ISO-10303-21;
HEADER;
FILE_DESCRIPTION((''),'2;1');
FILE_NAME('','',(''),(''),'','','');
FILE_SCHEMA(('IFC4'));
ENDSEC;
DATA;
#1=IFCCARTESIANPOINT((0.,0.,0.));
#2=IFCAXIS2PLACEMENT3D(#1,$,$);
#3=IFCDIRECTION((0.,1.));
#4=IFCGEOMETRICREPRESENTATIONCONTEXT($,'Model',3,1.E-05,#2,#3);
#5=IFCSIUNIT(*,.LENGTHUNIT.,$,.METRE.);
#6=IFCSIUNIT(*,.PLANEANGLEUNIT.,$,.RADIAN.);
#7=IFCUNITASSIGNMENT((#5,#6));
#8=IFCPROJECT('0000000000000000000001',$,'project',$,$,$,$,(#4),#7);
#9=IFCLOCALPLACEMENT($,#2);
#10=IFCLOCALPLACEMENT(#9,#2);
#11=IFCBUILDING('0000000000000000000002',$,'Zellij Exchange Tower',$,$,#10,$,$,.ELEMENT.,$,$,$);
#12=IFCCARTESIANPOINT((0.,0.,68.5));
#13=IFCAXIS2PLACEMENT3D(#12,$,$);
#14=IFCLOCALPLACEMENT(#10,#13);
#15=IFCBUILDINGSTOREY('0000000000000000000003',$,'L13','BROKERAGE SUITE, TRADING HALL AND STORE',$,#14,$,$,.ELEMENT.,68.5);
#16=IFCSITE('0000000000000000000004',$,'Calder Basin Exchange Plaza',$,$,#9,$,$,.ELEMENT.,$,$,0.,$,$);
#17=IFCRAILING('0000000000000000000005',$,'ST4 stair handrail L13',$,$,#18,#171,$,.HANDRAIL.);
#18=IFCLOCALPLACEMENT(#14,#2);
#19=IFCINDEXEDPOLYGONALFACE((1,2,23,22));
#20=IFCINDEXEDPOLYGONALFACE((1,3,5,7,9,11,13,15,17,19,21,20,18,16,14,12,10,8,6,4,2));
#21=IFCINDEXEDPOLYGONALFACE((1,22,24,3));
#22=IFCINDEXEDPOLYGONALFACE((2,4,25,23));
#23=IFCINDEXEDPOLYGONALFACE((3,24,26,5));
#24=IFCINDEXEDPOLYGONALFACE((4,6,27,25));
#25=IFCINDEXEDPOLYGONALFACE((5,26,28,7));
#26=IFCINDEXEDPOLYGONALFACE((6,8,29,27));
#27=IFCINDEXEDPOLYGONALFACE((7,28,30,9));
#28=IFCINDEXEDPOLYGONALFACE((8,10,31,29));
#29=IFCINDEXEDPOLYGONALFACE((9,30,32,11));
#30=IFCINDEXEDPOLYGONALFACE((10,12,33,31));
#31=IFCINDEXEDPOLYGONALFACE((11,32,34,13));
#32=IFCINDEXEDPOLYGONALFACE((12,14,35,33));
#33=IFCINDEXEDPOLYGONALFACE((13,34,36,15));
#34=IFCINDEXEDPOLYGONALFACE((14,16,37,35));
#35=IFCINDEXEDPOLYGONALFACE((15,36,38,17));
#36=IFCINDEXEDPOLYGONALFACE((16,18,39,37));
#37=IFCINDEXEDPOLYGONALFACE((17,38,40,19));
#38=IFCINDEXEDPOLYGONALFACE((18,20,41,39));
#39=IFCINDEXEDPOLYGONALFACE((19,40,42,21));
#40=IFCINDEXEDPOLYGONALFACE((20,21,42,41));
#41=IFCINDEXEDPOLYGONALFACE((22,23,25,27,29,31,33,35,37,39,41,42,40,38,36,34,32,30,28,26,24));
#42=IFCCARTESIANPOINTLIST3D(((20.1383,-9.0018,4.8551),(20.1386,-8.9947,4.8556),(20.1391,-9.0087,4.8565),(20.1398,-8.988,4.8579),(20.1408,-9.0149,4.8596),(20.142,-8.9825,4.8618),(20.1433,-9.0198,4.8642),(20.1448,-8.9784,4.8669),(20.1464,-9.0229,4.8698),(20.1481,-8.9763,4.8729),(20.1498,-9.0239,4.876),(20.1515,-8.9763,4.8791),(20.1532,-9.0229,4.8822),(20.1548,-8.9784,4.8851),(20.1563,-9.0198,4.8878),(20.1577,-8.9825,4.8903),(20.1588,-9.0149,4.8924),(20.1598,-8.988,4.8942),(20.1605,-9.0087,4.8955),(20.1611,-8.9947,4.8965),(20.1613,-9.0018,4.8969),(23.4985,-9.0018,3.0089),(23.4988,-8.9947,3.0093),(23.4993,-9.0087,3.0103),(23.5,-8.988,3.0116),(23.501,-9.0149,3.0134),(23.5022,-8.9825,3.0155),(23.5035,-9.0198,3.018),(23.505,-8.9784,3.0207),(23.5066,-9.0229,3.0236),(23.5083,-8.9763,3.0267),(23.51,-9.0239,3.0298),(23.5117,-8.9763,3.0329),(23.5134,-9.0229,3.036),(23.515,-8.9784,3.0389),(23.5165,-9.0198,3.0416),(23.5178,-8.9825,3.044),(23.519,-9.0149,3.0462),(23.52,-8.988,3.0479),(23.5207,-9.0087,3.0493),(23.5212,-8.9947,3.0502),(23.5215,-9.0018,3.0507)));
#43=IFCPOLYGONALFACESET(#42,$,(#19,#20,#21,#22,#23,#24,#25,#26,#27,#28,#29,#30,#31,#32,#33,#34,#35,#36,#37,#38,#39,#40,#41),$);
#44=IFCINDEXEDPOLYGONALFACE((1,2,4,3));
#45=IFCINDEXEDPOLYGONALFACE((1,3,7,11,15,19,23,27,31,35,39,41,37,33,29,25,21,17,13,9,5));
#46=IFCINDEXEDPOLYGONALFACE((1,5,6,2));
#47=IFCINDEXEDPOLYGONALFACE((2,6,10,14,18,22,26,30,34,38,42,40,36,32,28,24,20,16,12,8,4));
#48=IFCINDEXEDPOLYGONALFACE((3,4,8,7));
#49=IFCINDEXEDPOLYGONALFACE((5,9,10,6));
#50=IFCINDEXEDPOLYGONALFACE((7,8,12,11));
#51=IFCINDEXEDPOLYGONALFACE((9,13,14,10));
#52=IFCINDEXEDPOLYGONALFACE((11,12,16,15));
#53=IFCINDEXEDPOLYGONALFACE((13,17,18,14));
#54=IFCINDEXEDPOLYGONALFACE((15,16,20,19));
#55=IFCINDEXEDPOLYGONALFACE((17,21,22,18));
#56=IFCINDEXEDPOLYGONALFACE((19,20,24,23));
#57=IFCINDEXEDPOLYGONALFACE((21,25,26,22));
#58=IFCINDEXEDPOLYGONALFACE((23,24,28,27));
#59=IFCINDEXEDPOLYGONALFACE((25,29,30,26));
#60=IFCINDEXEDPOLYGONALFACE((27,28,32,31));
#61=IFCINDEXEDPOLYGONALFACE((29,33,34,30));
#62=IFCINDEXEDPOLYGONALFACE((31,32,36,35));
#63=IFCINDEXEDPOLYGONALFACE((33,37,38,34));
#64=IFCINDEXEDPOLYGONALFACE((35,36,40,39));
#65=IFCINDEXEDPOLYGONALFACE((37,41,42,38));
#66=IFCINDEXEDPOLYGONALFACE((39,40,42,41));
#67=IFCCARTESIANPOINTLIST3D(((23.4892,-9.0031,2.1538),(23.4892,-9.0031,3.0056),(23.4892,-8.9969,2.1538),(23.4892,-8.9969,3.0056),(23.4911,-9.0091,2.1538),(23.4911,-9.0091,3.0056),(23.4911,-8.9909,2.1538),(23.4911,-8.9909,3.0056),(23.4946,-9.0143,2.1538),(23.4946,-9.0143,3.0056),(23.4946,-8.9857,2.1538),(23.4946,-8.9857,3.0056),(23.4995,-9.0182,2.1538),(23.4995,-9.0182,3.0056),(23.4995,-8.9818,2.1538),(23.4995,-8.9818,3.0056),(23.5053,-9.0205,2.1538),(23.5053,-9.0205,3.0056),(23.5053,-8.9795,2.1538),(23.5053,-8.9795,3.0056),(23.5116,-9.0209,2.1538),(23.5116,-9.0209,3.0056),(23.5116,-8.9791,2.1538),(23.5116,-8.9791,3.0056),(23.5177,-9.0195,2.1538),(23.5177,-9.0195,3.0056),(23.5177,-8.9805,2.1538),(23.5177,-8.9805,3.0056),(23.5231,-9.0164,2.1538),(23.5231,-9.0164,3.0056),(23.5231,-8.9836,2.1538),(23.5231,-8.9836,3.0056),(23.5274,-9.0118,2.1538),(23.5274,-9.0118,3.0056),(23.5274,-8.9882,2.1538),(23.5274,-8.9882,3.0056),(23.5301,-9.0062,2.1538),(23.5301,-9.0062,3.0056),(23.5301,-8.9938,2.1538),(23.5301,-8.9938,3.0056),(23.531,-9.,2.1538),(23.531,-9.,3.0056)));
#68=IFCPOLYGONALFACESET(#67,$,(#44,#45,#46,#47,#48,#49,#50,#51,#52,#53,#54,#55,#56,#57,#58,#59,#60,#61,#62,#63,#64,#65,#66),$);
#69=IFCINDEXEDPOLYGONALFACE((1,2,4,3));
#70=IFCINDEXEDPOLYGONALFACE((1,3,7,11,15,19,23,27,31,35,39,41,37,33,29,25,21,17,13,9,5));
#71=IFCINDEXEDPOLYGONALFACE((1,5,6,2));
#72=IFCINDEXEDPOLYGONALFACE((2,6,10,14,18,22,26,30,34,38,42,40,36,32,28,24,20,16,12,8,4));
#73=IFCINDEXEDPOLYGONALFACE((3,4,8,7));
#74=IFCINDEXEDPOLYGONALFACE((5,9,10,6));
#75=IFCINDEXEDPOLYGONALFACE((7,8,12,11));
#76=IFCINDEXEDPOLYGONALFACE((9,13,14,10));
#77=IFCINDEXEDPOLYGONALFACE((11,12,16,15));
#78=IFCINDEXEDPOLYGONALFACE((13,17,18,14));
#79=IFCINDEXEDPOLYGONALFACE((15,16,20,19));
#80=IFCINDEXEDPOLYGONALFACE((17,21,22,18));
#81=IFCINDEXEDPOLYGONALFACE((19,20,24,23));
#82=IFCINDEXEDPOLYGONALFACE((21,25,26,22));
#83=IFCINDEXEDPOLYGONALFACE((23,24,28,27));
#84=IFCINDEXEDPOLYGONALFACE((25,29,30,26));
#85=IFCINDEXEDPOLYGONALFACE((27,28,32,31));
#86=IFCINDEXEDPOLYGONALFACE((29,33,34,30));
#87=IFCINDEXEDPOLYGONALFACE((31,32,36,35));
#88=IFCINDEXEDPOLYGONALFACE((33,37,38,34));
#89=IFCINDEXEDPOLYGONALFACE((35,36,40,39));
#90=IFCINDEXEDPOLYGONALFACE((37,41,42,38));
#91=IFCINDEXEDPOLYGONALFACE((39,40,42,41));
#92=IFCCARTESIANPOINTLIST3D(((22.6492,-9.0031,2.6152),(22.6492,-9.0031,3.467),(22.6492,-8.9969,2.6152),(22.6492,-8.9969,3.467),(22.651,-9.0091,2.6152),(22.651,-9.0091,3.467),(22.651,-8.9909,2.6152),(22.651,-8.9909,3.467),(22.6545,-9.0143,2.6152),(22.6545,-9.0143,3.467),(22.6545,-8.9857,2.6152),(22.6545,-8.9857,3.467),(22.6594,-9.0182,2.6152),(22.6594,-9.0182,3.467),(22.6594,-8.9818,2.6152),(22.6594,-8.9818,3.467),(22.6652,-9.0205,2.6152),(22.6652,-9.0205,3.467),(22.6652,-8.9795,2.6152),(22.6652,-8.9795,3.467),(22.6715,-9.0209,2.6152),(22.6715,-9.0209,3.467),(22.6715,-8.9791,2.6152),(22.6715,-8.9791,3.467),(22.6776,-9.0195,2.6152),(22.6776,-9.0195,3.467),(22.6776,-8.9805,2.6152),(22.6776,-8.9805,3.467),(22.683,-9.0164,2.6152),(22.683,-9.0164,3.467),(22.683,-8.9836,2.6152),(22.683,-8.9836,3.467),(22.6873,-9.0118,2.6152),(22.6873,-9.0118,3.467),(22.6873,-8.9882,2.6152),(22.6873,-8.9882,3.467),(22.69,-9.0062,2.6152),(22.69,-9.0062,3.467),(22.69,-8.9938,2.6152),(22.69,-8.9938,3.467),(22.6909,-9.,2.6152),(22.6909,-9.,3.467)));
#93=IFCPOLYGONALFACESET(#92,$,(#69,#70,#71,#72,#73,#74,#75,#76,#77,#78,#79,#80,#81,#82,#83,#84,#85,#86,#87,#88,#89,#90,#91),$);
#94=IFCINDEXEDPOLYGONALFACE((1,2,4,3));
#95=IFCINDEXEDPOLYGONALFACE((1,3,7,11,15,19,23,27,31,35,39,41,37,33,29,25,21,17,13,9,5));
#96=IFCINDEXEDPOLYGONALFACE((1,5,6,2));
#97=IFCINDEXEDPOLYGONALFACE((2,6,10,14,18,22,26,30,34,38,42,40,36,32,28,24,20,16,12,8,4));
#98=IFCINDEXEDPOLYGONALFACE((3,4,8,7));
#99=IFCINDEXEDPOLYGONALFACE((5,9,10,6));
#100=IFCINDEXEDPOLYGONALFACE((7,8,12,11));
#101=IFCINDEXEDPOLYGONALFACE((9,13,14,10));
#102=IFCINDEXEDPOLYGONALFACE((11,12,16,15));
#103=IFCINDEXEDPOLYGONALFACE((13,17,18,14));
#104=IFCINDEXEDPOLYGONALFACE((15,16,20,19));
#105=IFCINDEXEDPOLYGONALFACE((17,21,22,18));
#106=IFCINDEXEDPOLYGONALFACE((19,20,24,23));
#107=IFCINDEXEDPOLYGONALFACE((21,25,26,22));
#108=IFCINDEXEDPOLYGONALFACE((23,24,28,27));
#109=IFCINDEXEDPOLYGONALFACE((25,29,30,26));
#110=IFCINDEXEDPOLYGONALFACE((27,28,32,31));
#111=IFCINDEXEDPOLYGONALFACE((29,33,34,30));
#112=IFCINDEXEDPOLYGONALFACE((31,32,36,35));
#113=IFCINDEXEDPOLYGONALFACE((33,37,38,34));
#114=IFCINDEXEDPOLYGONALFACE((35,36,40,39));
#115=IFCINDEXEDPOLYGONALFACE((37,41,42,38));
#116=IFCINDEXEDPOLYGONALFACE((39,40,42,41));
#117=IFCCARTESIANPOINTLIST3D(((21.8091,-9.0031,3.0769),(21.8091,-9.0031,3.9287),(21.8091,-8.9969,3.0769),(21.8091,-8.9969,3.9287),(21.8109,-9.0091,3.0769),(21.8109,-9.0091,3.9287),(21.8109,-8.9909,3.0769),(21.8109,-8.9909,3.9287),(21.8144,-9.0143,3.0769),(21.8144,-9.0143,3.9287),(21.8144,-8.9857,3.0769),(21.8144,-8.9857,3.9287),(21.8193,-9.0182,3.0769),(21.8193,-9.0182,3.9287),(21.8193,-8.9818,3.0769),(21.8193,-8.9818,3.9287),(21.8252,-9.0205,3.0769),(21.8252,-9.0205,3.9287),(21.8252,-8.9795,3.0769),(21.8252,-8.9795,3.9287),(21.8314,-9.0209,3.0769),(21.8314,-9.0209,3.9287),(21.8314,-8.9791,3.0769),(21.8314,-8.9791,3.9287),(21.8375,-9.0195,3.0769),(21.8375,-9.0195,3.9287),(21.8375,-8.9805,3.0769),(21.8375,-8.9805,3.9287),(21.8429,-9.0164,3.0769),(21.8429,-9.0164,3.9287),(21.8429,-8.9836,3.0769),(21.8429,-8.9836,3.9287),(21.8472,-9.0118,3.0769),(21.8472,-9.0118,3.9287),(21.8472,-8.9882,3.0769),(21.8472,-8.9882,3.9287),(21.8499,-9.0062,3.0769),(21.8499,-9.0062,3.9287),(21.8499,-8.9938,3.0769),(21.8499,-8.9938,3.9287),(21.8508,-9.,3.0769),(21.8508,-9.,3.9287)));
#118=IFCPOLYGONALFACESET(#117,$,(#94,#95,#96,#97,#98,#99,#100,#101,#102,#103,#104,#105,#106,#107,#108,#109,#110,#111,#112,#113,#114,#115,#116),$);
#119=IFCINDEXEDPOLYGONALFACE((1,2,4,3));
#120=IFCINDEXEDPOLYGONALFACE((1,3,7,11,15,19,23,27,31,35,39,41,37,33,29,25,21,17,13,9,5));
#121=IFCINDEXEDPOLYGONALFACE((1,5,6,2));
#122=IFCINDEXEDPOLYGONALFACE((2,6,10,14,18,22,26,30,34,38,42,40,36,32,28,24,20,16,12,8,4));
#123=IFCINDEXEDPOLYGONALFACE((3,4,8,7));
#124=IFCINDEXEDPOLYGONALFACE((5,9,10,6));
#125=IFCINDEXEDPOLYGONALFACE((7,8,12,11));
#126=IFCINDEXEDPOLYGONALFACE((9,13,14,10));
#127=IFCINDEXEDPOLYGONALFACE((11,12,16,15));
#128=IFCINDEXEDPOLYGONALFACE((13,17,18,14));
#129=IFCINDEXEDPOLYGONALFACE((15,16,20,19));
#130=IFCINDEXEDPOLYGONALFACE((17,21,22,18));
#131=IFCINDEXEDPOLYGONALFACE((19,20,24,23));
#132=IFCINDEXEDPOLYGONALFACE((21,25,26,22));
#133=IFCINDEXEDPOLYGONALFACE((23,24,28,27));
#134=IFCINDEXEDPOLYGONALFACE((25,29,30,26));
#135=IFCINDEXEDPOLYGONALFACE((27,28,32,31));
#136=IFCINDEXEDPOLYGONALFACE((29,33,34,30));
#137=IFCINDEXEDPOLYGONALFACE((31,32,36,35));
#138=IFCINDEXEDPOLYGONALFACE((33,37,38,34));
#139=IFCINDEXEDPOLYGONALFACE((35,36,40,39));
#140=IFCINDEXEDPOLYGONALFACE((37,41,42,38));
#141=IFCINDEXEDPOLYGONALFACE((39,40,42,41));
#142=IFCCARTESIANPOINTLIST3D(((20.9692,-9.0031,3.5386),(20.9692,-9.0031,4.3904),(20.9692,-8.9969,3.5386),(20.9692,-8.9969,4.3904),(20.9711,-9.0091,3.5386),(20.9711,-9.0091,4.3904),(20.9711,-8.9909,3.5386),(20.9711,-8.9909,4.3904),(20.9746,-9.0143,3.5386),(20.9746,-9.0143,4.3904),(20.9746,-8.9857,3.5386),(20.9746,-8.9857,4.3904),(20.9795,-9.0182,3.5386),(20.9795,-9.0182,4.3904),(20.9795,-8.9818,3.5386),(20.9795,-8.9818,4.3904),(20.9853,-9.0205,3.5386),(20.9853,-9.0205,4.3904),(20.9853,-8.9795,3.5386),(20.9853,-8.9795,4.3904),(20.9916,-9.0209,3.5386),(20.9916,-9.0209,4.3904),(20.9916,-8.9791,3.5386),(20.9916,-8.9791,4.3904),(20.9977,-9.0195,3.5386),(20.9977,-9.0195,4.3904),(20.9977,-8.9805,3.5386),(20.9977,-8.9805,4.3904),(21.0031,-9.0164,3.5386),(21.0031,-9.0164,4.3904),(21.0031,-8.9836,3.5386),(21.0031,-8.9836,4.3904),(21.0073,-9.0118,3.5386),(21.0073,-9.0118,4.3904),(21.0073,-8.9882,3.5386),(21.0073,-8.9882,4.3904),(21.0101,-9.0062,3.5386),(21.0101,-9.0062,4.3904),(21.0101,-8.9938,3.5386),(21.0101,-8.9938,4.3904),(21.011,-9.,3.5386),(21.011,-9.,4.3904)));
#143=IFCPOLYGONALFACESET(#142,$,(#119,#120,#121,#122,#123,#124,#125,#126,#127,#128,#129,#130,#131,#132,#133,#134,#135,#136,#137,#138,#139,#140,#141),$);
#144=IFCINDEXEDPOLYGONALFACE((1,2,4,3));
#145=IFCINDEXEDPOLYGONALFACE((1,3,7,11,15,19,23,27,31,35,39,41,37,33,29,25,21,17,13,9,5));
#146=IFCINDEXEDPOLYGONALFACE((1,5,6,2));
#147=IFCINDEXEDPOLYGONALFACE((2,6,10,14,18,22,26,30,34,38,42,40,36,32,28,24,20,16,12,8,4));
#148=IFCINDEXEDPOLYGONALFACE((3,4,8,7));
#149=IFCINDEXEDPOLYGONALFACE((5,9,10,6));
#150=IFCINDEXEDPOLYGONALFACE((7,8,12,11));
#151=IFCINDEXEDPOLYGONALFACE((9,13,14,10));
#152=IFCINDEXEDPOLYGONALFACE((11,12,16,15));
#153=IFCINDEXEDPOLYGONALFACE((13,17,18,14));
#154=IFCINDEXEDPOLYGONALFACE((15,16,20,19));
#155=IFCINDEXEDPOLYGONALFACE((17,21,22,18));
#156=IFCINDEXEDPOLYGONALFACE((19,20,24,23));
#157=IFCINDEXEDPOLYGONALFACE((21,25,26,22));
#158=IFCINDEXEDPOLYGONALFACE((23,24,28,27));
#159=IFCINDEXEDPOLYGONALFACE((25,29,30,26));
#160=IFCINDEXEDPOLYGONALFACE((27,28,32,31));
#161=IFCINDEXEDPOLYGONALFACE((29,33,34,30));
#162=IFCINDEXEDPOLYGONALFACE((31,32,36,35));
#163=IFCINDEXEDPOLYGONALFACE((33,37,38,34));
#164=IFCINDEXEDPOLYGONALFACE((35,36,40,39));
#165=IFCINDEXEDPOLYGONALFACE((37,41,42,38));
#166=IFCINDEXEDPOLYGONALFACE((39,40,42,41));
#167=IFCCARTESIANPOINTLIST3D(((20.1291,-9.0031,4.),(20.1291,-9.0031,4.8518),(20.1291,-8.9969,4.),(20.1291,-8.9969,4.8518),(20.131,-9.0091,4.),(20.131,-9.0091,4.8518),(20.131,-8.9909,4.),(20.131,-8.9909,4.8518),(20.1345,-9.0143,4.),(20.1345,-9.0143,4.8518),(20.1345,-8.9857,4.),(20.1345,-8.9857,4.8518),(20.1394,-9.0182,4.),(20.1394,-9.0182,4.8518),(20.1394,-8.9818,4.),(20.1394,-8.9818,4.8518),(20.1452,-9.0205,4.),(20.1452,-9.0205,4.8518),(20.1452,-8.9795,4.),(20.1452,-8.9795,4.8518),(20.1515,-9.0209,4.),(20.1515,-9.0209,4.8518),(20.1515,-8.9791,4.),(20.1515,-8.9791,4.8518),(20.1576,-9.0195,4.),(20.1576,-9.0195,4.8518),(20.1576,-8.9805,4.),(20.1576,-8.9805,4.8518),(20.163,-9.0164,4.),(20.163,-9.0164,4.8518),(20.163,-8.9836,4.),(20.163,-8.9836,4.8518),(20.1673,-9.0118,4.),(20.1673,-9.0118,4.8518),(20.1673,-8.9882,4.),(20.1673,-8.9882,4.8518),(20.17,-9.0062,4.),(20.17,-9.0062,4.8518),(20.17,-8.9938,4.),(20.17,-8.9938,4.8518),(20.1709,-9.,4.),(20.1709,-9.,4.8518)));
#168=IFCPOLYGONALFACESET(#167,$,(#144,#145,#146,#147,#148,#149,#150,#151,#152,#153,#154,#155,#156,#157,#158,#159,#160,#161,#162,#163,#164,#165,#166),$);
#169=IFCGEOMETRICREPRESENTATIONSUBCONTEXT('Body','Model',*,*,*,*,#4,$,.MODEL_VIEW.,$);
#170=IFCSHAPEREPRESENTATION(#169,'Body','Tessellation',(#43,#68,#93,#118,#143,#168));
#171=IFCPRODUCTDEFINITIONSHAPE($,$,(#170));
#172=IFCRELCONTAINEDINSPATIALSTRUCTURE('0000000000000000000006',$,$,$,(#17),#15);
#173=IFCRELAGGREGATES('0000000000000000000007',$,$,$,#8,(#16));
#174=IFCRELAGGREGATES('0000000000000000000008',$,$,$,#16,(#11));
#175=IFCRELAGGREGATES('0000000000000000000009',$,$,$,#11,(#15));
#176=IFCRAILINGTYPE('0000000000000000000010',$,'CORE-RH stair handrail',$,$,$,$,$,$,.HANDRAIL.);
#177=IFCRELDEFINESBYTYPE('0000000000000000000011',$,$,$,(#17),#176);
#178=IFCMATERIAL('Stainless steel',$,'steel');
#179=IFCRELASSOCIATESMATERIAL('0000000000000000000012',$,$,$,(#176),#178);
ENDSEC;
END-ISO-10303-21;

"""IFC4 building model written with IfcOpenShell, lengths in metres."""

from ifc_helpers import new_model, si_unit, direction, frame, origin, origin_2d, place, context, subcontext, project, spatial, circle, extrude, material, type_object, element, save


model = new_model("IFC4")

# Units and contexts
model_context = context("Model", 3, precision=1e-05, world=origin(), true_north=direction((0.0, 1.0)))
body_context = subcontext(model_context, "Body", "Model", "MODEL_VIEW")
ifc_project = project(units=[si_unit("LENGTHUNIT", "METRE"), si_unit("PLANEANGLEUNIT", "RADIAN")], contexts=[model_context])

# Site, building, storey
site_placement = place(None, origin())
site = spatial("IfcSite", under=ifc_project, at=site_placement, Name="Calder Basin Exchange Plaza", CompositionType="ELEMENT", RefElevation=0.0)
building_placement = place(site_placement, origin())
building = spatial("IfcBuilding", under=site, at=building_placement, Name="Zellij Exchange Tower", CompositionType="ELEMENT")
storey_placement = place(building_placement, frame((0.0, 0.0, 68.5)))
storey = spatial("IfcBuildingStorey", under=building, at=storey_placement, Name="L13", Description="BROKERAGE SUITE, TRADING HALL AND STORE", CompositionType="ELEMENT", Elevation=68.5)

# Railing
ifc_material_1 = material(Name="Stainless steel", Category="steel")
railing_type = type_object("IfcRailingType", Name="CORE-RH stair handrail", PredefinedType="HANDRAIL", material=ifc_material_1)
railing_placement = place(storey_placement, frame((23.51, -9.0, 2.1538)))
element("IfcRailing", 1, at=railing_placement, inside=storey, type_object=railing_type, Name="ST4 stair handrail L13", PredefinedType="HANDRAIL", context=body_context, shape_type="SweptSolid", body=[
    extrude(circle(Radius=0.0239, at=origin_2d()), frame((0.0, 0.0, 0.876), z_axis=(-0.876422, 0.0, 0.481545), x_axis=(0.0, -1.0, 0.0)), (0.0, 0.0, 1.0), 3.834),
    extrude(circle(Radius=0.021, at=origin_2d()), origin(), (0.0, 0.0, 1.0), 0.8518),
    extrude(circle(Radius=0.021, at=origin_2d()), frame((-0.8401, 0.0, 0.4614)), (0.0, 0.0, 1.0), 0.8518),
    extrude(circle(Radius=0.021, at=origin_2d()), frame((-1.6802, 0.0, 0.9231)), (0.0, 0.0, 1.0), 0.8518),
    extrude(circle(Radius=0.021, at=origin_2d()), frame((-2.52, 0.0, 1.3848)), (0.0, 0.0, 1.0), 0.8518),
    extrude(circle(Radius=0.021, at=origin_2d()), frame((-3.3601, 0.0, 1.8462)), (0.0, 0.0, 1.0), 0.8518),
])

save(model, "model.ifc")
